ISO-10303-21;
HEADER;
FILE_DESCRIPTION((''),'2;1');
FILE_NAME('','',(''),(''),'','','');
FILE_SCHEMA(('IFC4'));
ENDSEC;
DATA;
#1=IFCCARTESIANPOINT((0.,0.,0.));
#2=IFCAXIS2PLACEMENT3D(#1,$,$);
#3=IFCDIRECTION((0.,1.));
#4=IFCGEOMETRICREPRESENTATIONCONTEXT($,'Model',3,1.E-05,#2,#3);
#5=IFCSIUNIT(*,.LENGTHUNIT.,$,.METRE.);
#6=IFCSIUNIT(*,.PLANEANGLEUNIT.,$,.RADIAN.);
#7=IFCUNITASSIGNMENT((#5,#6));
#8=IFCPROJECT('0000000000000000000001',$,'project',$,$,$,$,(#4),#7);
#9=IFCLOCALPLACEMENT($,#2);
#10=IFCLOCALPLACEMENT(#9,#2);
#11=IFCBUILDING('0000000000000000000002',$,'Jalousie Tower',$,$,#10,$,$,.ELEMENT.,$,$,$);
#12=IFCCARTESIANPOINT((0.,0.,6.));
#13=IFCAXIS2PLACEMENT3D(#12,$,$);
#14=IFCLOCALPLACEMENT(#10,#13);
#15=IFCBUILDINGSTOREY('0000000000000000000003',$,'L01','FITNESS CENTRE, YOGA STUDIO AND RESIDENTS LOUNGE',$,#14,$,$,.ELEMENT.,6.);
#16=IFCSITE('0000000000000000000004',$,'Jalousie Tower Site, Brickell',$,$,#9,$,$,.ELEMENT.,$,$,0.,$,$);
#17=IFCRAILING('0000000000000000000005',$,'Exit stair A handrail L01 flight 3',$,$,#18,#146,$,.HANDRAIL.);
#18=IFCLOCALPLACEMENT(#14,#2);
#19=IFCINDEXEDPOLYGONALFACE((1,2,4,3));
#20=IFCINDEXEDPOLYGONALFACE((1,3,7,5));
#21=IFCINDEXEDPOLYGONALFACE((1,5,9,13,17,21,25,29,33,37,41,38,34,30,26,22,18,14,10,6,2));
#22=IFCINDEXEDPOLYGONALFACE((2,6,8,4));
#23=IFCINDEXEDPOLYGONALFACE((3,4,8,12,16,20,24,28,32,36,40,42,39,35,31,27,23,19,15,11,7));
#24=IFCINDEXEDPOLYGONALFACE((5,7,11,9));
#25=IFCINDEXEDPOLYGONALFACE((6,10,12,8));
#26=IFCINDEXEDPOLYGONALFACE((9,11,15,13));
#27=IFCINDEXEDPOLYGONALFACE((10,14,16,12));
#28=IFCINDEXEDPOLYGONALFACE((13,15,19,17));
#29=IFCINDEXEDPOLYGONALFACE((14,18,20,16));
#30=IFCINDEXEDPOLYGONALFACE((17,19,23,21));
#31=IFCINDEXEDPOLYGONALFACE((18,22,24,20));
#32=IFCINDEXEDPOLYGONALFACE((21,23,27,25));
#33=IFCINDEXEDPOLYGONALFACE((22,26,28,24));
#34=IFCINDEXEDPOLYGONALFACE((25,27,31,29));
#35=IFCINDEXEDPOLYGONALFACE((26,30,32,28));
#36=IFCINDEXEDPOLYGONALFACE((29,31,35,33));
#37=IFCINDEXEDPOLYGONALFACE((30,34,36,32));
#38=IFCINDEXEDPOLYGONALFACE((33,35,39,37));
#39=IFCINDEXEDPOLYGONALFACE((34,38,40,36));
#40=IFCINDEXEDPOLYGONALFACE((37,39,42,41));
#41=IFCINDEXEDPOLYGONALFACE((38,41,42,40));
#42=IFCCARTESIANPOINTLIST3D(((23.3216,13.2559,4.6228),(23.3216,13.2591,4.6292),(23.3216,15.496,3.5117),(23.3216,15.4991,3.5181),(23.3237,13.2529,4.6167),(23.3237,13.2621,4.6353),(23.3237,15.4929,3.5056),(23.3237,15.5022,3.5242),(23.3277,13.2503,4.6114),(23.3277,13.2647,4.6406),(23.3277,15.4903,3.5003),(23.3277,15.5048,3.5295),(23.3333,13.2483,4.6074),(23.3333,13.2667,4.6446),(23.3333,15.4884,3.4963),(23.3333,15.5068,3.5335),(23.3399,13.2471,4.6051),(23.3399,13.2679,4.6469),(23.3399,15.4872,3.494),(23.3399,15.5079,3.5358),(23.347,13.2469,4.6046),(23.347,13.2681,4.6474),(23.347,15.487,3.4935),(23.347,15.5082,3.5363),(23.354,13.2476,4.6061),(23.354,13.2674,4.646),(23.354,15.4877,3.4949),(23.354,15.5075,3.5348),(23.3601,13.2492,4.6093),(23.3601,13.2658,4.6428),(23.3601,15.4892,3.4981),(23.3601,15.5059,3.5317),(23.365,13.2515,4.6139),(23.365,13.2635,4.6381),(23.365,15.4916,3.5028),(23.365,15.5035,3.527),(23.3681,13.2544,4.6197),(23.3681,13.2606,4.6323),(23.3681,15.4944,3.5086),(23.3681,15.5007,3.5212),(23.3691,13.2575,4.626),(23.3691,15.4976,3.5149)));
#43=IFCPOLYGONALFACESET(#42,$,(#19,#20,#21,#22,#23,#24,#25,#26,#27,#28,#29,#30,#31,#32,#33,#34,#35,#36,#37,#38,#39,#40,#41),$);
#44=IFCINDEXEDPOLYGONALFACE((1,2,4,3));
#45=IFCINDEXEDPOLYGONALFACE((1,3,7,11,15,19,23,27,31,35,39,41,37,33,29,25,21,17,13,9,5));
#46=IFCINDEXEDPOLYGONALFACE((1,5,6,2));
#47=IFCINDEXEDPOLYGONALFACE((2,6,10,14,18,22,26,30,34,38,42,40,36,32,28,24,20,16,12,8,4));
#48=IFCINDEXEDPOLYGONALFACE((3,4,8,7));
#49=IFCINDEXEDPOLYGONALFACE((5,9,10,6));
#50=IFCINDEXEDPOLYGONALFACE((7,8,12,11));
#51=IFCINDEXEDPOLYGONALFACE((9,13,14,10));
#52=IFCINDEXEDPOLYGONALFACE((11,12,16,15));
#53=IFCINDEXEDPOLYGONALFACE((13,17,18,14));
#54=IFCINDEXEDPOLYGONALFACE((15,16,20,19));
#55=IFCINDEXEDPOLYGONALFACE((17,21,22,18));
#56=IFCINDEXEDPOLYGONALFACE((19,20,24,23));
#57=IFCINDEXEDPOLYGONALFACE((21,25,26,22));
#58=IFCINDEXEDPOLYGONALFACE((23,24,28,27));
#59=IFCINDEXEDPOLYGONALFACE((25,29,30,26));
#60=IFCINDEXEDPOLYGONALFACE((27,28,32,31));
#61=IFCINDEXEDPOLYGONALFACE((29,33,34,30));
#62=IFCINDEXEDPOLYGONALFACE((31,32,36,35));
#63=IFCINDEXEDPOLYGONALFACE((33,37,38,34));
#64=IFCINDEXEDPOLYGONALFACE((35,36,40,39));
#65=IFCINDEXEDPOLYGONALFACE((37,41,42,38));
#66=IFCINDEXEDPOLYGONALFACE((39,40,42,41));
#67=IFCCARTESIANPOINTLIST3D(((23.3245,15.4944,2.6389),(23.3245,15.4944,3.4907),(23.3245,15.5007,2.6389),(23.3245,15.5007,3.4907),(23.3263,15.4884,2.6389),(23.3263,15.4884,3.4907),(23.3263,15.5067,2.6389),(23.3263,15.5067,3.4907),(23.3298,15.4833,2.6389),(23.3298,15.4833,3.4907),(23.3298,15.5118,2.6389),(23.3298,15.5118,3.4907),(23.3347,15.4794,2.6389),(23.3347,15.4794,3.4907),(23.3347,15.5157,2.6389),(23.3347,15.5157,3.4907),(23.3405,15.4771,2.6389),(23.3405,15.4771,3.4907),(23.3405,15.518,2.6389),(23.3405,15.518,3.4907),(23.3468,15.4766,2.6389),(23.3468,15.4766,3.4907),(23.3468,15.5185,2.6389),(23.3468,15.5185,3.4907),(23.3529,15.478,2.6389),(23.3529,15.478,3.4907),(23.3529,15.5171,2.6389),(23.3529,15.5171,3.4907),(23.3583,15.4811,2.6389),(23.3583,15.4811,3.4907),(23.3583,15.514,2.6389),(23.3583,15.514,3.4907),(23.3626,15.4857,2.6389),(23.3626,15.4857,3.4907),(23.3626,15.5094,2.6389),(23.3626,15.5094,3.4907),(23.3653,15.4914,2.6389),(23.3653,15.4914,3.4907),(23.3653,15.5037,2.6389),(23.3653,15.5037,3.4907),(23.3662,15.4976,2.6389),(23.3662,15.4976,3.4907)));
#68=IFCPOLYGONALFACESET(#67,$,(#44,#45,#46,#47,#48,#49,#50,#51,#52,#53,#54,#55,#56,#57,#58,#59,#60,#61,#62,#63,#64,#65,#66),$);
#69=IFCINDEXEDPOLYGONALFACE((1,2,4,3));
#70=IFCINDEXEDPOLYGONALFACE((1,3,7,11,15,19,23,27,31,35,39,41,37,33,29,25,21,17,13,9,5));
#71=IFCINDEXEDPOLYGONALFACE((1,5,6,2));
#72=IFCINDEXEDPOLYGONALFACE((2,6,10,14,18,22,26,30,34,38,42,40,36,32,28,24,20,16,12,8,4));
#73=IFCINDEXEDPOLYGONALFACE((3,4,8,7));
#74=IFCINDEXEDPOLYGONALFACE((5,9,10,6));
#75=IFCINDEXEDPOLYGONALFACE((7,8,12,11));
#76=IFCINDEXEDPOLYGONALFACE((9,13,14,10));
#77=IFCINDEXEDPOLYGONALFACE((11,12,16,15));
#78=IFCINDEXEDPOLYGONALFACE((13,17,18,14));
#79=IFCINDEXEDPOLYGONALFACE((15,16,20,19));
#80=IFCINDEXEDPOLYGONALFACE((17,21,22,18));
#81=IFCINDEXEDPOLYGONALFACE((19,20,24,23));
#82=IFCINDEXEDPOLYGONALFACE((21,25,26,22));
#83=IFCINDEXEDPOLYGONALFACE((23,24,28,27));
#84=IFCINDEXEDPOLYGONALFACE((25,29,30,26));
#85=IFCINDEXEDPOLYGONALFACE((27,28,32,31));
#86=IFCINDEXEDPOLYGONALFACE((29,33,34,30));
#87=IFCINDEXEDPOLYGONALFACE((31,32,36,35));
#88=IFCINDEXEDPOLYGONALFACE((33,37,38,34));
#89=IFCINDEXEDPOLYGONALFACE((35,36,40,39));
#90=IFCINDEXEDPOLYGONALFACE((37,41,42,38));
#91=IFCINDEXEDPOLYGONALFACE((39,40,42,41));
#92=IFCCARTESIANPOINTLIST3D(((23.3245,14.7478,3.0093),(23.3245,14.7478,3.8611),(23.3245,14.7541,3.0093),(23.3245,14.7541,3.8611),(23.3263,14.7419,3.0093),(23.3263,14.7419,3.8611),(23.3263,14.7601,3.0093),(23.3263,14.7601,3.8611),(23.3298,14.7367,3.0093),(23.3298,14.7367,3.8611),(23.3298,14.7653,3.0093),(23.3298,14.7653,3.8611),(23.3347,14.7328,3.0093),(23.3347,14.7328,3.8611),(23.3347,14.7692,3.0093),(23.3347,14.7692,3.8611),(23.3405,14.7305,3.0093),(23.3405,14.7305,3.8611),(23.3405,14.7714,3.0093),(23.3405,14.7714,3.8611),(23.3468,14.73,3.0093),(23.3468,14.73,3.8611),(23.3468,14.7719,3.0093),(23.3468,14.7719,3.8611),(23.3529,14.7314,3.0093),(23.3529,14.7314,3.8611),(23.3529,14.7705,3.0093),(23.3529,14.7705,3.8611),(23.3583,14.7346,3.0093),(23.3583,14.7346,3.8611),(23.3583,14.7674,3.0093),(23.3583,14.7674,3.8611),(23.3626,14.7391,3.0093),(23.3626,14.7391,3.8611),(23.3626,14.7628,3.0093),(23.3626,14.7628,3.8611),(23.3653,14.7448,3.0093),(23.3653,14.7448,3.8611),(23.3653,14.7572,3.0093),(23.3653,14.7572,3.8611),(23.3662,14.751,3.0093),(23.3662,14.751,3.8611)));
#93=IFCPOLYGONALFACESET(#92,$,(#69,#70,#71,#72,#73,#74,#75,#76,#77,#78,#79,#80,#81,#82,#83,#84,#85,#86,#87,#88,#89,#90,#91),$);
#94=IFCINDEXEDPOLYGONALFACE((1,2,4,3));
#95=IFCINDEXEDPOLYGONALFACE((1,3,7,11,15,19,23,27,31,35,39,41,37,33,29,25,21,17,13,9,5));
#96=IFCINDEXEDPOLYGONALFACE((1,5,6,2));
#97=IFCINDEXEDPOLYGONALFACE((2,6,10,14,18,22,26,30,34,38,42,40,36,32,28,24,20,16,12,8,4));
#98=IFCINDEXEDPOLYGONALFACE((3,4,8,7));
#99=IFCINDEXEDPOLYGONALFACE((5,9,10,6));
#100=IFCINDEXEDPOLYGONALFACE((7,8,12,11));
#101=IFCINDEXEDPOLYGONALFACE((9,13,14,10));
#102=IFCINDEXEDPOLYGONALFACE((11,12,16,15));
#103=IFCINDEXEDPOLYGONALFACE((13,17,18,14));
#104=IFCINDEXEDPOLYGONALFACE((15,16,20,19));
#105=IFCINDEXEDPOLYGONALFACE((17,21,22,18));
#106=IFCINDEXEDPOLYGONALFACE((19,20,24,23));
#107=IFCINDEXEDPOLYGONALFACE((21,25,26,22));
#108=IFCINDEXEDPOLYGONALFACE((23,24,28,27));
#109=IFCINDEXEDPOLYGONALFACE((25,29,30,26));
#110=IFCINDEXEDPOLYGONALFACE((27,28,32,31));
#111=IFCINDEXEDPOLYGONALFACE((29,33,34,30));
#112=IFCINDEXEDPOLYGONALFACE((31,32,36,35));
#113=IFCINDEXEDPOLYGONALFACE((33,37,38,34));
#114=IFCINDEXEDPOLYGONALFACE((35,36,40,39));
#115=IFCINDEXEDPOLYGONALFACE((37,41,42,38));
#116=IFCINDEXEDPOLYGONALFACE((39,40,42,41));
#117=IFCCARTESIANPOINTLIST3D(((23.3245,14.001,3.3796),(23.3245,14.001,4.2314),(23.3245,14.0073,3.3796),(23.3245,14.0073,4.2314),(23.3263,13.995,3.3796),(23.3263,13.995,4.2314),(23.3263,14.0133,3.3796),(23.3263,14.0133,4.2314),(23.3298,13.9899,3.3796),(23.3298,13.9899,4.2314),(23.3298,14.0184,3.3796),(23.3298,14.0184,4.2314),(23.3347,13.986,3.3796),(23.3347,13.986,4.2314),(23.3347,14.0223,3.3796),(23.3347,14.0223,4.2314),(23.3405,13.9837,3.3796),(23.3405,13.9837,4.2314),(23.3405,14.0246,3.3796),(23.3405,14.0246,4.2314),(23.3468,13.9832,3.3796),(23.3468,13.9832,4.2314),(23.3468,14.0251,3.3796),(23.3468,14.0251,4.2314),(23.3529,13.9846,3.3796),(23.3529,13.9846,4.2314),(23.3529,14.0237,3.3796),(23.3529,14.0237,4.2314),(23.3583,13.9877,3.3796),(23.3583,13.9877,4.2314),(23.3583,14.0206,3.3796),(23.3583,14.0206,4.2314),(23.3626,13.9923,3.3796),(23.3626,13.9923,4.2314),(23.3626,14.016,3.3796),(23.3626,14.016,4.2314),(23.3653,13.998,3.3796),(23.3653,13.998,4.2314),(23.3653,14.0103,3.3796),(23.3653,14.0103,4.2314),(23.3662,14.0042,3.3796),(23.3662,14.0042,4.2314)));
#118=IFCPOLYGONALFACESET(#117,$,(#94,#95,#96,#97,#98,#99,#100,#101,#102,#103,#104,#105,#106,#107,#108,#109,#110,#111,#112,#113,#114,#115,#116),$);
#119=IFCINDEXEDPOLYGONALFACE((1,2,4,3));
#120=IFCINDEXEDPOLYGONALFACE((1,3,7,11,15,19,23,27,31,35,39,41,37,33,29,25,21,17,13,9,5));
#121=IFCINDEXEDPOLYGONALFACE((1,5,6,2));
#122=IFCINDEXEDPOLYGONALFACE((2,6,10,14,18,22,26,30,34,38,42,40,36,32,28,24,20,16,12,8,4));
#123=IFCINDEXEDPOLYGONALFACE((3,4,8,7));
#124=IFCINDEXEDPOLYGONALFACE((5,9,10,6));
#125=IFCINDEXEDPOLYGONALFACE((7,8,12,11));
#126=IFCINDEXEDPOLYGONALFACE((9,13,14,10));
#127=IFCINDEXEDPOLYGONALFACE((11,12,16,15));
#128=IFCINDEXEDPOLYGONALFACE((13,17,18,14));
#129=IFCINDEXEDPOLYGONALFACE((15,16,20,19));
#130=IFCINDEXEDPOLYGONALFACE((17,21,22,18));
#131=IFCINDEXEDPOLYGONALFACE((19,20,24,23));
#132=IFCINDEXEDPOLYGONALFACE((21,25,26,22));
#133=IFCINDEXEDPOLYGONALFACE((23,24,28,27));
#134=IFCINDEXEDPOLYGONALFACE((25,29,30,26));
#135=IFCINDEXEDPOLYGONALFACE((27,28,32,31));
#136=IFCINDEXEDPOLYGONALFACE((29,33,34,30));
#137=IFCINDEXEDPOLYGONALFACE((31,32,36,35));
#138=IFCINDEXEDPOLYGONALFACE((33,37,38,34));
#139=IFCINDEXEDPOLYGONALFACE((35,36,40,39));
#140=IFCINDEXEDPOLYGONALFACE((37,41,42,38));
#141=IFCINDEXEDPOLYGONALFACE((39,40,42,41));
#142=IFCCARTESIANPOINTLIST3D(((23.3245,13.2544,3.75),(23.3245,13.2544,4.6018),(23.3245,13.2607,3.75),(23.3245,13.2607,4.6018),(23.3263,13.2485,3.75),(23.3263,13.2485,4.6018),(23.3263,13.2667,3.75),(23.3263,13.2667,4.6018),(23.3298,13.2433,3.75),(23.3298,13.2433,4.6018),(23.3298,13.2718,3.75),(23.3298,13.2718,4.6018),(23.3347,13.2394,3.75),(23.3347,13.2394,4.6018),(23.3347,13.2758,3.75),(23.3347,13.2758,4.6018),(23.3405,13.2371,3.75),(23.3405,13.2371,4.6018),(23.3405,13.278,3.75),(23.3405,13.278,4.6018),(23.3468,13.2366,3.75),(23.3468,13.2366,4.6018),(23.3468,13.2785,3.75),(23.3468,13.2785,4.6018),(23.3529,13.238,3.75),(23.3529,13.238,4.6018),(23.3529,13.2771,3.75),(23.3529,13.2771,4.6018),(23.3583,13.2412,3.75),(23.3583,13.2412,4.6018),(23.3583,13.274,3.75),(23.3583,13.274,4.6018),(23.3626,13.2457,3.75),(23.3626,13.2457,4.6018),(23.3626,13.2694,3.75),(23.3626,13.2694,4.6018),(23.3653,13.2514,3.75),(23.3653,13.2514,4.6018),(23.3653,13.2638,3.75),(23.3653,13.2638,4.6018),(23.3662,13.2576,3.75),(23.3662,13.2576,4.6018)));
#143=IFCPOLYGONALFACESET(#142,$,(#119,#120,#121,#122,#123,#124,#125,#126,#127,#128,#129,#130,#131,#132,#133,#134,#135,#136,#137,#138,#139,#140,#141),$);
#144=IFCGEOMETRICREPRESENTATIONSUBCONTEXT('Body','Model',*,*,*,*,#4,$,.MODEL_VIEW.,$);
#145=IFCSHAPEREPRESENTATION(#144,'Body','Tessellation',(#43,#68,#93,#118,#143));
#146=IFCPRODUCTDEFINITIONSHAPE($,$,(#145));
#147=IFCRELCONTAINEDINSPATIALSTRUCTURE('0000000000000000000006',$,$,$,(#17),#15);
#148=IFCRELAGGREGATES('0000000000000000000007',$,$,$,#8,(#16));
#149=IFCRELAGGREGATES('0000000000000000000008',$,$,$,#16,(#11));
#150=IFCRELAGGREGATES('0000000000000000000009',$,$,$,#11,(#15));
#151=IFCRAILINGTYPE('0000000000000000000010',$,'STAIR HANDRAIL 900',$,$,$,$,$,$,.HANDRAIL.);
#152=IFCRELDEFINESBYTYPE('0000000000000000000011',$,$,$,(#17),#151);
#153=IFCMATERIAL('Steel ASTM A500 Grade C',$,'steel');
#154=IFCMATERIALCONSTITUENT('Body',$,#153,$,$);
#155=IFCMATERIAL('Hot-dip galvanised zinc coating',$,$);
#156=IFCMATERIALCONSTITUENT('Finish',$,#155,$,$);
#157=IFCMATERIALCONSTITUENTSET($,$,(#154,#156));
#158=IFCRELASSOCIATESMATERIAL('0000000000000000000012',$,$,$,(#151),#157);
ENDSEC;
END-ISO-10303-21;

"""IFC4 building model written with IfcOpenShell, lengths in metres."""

from ifc_helpers import new_model, si_unit, direction, frame, origin, origin_2d, place, context, subcontext, project, spatial, circle, extrude, material, constituent, constituent_set, type_object, element, save


model = new_model("IFC4")

# Units and contexts
model_context = context("Model", 3, precision=1e-05, world=origin(), true_north=direction((0.0, 1.0)))
body_context = subcontext(model_context, "Body", "Model", "MODEL_VIEW")
ifc_project = project(units=[si_unit("LENGTHUNIT", "METRE"), si_unit("PLANEANGLEUNIT", "RADIAN")], contexts=[model_context])

# Site, building, storey
site_placement = place(None, origin())
site = spatial("IfcSite", under=ifc_project, at=site_placement, Name="Jalousie Tower Site, Brickell", CompositionType="ELEMENT", RefElevation=0.0)
building_placement = place(site_placement, origin())
building = spatial("IfcBuilding", under=site, at=building_placement, Name="Jalousie Tower", CompositionType="ELEMENT")
storey_placement = place(building_placement, frame((0.0, 0.0, 6.0)))
storey = spatial("IfcBuildingStorey", under=building, at=storey_placement, Name="L01", Description="FITNESS CENTRE, YOGA STUDIO AND RESIDENTS LOUNGE", CompositionType="ELEMENT", Elevation=6.0)

# Railing
ifc_material_1 = material(Name="Steel ASTM A500 Grade C", Category="steel")
ifc_constituent_1 = constituent(ifc_material_1, Name="Body")
ifc_material_2 = material(Name="Hot-dip galvanised zinc coating")
ifc_constituent_2 = constituent(ifc_material_2, Name="Finish")
ifc_constituent_set_1 = constituent_set(constituents=[ifc_constituent_1, ifc_constituent_2])
railing_type_1 = type_object("IfcRailingType", Name="STAIR HANDRAIL 900", PredefinedType="HANDRAIL", material=ifc_constituent_set_1)
railing_1_placement = place(storey_placement, frame((23.3452, 15.4976, 2.6389)))
element("IfcRailing", 1, at=railing_1_placement, inside=storey, type_object=railing_type_1, Name="Exit stair A handrail L01 flight 3", PredefinedType="HANDRAIL", context=body_context, shape_type="SweptSolid", body=[
    extrude(circle(Radius=0.0239, at=origin_2d()), frame((0.0, 0.0, 0.876), z_axis=(0.0, -0.895848, 0.44436), x_axis=(1.0, 0.0, 0.0)), (0.0, 0.0, 1.0), 2.5005),
    extrude(circle(Radius=0.021, at=origin_2d()), origin(), (0.0, 0.0, 1.0), 0.8518),
    extrude(circle(Radius=0.021, at=origin_2d()), frame((0.0, -0.7466, 0.3704)), (0.0, 0.0, 1.0), 0.8518),
    extrude(circle(Radius=0.021, at=origin_2d()), frame((0.0, -1.4934, 0.7407)), (0.0, 0.0, 1.0), 0.8518),
    extrude(circle(Radius=0.021, at=origin_2d()), frame((0.0, -2.24, 1.1111)), (0.0, 0.0, 1.0), 0.8518),
])

save(model, "model.ifc")
